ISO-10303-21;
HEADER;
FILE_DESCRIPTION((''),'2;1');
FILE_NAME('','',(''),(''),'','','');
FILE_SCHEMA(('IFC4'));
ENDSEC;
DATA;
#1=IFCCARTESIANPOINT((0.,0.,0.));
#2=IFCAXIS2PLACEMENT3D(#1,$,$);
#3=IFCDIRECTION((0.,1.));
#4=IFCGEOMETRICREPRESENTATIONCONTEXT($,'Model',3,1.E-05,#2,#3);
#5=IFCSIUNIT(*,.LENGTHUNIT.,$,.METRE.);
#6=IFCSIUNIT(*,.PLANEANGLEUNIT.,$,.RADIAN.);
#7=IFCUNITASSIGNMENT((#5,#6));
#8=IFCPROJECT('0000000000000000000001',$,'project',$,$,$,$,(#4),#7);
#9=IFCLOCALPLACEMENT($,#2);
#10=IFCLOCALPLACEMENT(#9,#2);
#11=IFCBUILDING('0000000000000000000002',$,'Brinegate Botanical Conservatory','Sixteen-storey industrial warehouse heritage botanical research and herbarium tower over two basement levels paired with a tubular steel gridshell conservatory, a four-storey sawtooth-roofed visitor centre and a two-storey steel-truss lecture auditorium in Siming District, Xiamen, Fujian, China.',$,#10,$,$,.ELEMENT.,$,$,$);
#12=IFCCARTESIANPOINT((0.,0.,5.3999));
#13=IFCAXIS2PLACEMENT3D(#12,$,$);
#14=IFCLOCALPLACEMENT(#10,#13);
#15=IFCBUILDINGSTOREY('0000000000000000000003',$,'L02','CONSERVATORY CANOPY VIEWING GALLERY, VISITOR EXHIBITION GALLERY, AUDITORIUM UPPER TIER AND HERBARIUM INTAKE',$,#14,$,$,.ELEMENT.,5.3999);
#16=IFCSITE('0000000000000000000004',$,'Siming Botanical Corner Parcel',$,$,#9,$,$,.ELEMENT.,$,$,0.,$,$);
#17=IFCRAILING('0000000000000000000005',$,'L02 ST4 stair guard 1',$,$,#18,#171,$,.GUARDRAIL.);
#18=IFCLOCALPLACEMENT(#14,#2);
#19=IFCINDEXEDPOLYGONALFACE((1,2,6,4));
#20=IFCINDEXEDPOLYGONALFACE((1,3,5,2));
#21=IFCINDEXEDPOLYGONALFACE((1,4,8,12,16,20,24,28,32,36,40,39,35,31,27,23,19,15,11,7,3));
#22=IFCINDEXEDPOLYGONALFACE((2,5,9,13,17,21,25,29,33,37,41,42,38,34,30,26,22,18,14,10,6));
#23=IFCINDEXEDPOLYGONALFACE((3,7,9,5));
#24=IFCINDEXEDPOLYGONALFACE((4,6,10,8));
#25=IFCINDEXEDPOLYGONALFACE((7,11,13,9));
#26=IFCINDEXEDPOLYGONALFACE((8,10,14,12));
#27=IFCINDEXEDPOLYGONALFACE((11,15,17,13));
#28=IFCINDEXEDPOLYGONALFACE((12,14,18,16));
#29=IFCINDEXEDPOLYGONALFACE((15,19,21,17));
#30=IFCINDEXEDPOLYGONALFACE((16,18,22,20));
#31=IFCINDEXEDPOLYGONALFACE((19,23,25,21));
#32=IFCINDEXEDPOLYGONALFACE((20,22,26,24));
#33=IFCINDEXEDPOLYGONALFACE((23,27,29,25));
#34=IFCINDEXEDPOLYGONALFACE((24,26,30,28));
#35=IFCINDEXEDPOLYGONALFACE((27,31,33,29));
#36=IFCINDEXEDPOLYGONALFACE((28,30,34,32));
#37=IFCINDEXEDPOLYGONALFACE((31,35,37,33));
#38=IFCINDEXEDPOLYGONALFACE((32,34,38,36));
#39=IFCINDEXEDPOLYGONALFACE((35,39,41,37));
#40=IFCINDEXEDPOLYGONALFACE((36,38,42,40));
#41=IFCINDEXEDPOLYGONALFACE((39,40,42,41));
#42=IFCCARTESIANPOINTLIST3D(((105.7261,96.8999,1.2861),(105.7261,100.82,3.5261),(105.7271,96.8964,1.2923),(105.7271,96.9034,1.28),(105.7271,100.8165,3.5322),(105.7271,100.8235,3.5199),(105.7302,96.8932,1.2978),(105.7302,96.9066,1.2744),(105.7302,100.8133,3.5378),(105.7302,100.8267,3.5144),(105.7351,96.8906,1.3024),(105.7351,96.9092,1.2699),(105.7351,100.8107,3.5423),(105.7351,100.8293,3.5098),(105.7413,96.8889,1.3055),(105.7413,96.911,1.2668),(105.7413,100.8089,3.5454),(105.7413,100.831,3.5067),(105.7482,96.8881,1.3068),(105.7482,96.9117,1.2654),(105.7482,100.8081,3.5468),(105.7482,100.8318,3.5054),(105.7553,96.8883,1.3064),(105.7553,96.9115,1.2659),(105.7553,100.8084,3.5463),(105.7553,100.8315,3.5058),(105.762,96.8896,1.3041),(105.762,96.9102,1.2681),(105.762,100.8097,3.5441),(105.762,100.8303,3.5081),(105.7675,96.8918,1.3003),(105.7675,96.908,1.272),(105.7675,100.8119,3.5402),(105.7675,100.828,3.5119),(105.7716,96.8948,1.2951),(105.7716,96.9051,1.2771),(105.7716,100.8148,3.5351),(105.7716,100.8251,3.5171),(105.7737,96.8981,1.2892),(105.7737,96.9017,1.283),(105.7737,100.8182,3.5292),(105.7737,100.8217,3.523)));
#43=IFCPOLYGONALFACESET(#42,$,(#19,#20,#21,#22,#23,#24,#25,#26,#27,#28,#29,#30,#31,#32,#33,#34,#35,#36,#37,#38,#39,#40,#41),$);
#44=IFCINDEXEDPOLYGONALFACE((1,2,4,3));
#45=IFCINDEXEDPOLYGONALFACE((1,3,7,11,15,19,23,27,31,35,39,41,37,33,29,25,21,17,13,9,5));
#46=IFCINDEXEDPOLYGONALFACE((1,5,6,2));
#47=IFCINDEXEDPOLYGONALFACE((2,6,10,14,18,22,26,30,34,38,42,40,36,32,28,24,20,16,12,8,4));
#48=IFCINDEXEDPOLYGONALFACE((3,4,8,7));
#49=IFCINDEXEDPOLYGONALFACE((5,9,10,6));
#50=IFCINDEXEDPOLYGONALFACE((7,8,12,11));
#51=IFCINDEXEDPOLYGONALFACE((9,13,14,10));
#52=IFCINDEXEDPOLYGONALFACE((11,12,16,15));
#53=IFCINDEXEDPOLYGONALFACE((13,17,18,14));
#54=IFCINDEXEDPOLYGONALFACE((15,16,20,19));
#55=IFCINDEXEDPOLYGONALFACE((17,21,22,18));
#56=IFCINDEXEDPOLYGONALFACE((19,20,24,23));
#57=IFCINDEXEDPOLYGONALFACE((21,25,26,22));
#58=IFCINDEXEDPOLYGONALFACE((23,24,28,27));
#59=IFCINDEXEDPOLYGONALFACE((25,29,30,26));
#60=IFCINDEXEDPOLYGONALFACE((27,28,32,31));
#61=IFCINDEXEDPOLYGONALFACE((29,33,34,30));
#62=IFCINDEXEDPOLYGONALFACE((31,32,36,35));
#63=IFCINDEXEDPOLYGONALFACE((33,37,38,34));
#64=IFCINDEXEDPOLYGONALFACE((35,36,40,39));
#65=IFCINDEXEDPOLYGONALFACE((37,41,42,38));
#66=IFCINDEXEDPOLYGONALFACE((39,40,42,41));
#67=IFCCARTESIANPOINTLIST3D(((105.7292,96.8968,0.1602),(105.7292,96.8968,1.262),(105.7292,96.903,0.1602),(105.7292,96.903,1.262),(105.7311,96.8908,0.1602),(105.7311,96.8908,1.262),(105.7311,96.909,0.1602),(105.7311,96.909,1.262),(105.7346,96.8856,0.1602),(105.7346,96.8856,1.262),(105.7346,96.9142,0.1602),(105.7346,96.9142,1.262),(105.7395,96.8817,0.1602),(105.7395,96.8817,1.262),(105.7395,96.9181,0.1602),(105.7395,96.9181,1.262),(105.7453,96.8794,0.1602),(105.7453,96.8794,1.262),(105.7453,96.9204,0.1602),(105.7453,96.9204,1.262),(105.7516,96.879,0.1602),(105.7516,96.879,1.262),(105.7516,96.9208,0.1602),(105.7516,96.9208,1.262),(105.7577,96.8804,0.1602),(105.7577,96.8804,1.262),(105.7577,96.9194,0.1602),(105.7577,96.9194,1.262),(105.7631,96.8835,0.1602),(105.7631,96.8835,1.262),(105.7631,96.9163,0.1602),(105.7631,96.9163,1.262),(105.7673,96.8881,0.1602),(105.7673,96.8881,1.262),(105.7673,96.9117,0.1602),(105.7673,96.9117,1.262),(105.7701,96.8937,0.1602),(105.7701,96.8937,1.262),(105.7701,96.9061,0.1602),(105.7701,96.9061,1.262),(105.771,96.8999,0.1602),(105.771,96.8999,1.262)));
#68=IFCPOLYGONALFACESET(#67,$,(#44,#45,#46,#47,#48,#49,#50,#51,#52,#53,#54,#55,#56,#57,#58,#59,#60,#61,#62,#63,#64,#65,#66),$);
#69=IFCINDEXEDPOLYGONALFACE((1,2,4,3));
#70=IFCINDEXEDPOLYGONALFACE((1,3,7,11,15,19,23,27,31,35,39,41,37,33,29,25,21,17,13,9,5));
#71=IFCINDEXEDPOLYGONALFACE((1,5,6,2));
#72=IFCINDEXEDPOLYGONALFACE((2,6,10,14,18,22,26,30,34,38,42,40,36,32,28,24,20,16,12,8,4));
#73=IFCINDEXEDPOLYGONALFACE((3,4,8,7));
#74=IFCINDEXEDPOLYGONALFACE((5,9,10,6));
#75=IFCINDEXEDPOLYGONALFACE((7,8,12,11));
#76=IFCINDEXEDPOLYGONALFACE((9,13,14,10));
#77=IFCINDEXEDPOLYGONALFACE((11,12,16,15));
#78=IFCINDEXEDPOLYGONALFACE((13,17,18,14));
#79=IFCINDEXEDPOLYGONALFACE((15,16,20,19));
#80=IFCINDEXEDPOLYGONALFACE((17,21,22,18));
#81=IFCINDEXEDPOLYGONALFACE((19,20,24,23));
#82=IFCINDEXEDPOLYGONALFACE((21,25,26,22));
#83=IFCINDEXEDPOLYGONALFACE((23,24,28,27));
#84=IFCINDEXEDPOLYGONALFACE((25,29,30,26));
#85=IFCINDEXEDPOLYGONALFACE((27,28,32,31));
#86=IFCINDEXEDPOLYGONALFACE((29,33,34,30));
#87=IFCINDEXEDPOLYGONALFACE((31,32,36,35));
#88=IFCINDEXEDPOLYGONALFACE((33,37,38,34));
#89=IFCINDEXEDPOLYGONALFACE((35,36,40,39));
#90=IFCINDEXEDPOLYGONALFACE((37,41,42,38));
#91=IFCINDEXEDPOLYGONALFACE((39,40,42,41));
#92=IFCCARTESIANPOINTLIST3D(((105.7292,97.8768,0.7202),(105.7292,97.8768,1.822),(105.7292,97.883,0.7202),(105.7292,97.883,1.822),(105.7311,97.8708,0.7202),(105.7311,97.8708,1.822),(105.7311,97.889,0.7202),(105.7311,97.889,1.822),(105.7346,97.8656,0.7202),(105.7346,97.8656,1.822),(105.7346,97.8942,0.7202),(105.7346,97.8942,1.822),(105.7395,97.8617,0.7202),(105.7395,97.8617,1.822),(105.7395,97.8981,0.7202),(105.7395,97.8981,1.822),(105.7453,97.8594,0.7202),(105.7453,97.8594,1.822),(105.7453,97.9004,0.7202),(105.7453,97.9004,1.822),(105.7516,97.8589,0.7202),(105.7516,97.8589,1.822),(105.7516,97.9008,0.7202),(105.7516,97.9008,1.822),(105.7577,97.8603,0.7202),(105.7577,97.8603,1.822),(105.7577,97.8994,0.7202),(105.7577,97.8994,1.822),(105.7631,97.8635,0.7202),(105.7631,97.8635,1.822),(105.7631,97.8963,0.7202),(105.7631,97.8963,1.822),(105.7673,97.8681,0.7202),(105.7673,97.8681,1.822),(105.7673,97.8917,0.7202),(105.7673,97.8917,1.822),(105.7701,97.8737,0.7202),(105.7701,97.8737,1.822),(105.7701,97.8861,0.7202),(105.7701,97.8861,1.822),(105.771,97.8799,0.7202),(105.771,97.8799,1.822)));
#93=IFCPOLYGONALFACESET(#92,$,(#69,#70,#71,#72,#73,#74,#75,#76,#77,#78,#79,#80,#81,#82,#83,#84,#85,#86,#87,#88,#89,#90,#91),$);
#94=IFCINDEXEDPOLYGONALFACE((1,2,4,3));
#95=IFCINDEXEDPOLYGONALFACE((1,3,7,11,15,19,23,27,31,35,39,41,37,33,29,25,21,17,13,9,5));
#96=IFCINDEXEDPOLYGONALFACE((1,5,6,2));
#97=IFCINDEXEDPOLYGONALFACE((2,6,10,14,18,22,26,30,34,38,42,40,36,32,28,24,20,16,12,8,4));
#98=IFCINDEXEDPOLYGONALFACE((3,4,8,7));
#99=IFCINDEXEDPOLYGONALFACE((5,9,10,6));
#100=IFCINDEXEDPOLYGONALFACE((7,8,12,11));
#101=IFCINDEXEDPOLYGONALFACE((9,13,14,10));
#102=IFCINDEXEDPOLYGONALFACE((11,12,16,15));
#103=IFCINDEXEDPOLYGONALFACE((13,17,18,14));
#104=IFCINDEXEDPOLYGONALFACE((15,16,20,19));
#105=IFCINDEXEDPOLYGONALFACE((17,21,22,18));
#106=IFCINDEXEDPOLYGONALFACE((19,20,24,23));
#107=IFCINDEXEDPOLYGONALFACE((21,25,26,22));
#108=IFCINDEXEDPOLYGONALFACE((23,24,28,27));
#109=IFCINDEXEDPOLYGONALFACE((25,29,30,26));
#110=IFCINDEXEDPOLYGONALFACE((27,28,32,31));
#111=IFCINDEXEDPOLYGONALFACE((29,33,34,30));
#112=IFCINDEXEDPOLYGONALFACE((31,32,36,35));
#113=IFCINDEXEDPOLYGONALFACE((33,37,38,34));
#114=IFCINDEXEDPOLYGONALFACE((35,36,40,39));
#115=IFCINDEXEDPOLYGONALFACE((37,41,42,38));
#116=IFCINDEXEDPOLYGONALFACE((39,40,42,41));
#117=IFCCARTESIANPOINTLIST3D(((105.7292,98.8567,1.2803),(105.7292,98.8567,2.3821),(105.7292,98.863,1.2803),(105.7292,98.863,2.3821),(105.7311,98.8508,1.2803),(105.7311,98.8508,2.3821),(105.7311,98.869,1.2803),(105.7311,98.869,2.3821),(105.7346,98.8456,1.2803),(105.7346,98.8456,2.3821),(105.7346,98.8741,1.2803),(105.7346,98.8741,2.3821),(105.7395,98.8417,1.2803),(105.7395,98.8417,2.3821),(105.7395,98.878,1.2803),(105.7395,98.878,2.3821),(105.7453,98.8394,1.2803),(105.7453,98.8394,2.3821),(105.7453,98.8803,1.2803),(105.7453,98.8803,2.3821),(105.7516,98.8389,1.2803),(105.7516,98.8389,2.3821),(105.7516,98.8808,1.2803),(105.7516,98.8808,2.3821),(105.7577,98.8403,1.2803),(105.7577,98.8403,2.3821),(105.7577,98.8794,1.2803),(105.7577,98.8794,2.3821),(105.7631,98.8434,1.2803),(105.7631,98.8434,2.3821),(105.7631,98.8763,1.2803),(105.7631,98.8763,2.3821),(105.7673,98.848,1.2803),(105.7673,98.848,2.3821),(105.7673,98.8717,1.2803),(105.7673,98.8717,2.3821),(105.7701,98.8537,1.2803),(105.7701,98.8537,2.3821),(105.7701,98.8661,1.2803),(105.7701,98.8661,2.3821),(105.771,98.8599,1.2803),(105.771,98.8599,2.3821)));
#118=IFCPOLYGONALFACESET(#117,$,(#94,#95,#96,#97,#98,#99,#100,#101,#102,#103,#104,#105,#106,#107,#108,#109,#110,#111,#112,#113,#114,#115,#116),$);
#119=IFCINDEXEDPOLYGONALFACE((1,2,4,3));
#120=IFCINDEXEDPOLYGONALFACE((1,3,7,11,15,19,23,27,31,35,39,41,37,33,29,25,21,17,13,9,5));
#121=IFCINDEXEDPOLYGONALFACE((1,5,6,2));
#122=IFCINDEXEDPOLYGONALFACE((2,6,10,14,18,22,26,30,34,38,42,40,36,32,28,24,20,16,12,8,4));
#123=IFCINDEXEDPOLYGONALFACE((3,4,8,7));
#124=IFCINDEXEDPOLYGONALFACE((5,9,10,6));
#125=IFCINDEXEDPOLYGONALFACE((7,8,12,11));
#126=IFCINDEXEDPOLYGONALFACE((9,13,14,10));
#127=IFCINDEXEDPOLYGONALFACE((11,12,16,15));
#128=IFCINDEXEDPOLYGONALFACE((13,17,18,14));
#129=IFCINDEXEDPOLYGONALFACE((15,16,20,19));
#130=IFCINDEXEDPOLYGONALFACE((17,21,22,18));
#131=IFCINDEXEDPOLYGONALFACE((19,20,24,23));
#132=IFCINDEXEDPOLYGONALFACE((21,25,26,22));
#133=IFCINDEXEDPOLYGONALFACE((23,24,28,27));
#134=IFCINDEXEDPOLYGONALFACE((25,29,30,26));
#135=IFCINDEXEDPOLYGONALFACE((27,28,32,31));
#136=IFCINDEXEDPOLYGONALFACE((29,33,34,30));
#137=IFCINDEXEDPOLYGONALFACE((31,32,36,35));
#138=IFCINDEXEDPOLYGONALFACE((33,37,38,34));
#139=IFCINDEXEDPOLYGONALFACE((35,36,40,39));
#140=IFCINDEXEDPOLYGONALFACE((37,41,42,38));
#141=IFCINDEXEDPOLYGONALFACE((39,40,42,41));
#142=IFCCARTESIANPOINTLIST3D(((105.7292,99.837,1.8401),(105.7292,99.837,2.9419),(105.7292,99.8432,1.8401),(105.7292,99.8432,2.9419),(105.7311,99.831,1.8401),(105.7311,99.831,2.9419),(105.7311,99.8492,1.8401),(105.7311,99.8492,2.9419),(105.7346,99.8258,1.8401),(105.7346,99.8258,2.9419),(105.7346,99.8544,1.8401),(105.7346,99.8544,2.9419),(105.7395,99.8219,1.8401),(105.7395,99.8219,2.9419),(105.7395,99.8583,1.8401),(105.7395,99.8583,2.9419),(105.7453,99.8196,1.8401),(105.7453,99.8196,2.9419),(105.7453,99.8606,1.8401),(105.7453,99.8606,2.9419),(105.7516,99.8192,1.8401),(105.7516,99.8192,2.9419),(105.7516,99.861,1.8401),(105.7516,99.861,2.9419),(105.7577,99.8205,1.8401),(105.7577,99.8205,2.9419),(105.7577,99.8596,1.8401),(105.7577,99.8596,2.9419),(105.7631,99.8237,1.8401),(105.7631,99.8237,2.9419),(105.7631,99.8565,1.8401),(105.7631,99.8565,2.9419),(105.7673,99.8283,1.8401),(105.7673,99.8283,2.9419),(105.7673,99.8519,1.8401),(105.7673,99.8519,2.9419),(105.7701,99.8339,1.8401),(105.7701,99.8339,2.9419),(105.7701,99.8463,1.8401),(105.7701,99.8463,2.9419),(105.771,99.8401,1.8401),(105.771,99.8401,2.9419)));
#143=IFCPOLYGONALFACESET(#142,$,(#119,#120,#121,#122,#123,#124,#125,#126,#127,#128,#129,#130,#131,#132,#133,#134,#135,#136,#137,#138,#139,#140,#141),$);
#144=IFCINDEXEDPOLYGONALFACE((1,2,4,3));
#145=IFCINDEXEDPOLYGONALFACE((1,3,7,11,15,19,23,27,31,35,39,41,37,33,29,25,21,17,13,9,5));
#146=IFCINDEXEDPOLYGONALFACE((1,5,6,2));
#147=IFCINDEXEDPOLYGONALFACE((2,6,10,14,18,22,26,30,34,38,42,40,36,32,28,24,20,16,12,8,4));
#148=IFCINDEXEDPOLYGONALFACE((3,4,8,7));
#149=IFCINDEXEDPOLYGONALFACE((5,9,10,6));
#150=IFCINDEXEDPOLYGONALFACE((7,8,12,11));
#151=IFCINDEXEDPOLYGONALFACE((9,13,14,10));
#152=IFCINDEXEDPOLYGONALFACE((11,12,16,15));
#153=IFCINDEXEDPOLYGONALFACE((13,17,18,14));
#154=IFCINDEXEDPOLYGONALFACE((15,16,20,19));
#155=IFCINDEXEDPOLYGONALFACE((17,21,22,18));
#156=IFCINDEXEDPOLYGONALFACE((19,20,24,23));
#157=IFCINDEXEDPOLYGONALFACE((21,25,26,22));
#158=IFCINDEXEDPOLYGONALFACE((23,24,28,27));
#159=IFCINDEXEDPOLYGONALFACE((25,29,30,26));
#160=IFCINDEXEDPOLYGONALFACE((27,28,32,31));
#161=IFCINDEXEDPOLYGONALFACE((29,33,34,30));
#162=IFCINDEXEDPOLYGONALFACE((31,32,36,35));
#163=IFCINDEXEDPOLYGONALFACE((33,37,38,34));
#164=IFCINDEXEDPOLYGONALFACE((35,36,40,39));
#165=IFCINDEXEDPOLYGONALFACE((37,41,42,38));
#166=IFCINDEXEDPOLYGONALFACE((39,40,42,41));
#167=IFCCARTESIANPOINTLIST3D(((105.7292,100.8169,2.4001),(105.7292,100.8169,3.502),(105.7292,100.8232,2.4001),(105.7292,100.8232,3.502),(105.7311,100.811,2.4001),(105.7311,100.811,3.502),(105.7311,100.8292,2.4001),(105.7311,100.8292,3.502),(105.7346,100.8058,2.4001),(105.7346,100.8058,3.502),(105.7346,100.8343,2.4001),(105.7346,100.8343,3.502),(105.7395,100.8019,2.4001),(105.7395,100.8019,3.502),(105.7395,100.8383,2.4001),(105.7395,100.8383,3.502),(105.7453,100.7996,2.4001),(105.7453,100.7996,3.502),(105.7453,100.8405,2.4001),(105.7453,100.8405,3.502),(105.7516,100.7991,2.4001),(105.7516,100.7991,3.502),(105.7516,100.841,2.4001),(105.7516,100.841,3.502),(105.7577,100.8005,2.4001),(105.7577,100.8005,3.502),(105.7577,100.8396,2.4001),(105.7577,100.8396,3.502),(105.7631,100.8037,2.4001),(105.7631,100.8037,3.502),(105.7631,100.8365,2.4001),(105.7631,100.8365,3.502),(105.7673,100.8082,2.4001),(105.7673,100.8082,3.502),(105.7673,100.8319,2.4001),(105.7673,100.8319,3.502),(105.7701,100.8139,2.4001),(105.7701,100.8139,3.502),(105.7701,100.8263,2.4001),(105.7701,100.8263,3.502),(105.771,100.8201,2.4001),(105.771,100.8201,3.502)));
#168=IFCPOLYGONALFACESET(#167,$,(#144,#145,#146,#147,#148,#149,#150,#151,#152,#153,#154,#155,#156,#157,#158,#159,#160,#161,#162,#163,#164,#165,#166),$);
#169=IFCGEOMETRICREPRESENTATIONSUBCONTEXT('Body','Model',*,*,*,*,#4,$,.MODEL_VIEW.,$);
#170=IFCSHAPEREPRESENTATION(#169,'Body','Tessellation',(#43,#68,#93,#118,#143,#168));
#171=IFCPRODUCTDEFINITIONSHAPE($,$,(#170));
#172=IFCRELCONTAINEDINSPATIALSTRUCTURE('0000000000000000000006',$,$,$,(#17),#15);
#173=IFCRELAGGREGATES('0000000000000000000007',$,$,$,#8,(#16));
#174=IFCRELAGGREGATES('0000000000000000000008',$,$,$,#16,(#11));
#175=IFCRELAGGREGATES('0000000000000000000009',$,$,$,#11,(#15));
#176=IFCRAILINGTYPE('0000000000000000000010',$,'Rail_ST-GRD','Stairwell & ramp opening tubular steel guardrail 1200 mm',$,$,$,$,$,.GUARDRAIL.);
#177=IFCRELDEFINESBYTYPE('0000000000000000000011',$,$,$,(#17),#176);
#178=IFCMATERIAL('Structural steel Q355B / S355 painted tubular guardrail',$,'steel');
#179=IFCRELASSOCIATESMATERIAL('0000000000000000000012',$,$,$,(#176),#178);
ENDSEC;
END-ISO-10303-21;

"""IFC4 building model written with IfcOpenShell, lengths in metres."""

from ifc_helpers import new_model, si_unit, direction, frame, origin, origin_2d, place, context, subcontext, project, spatial, circle, extrude, material, type_object, element, save


model = new_model("IFC4")

# Units and contexts
model_context = context("Model", 3, precision=1e-05, world=origin(), true_north=direction((0.0, 1.0)))
body_context = subcontext(model_context, "Body", "Model", "MODEL_VIEW")
ifc_project = project(units=[si_unit("LENGTHUNIT", "METRE"), si_unit("PLANEANGLEUNIT", "RADIAN")], contexts=[model_context])

# Site, building, storey
site_placement = place(None, origin())
site = spatial("IfcSite", under=ifc_project, at=site_placement, Name="Siming Botanical Corner Parcel", CompositionType="ELEMENT", RefElevation=0.0)
building_placement = place(site_placement, origin())
building = spatial("IfcBuilding", under=site, at=building_placement, Name="Brinegate Botanical Conservatory", Description="Sixteen-storey industrial warehouse heritage botanical research and herbarium tower over two basement levels paired with a tubular steel gridshell conservatory, a four-storey sawtooth-roofed visitor centre and a two-storey steel-truss lecture auditorium in Siming District, Xiamen, Fujian, China.", CompositionType="ELEMENT")
storey_placement = place(building_placement, frame((0.0, 0.0, 5.3999)))
storey = spatial("IfcBuildingStorey", under=building, at=storey_placement, Name="L02", Description="CONSERVATORY CANOPY VIEWING GALLERY, VISITOR EXHIBITION GALLERY, AUDITORIUM UPPER TIER AND HERBARIUM INTAKE", CompositionType="ELEMENT", Elevation=5.3999)

# Railing
ifc_material_1 = material(Name="Structural steel Q355B / S355 painted tubular guardrail", Category="steel")
railing_type_1 = type_object("IfcRailingType", Name="Rail_ST-GRD", Description="Stairwell & ramp opening tubular steel guardrail 1200 mm", PredefinedType="GUARDRAIL", material=ifc_material_1)
railing_1_placement = place(storey_placement, frame((105.75, 96.8999, 0.1602)))
element("IfcRailing", 1, at=railing_1_placement, inside=storey, type_object=railing_type_1, Name="L02 ST4 stair guard 1", PredefinedType="GUARDRAIL", context=body_context, shape_type="SweptSolid", body=[
    extrude(circle(Radius=0.0239, at=origin_2d()), frame((0.0, 0.0, 1.126), z_axis=(0.0, 0.868253, 0.496121), x_axis=(-1.0, 0.0, 0.0)), (0.0, 0.0, 1.0), 4.5149),
    extrude(circle(Radius=0.021, at=origin_2d()), origin(), (0.0, 0.0, 1.0), 1.1018),
    extrude(circle(Radius=0.021, at=origin_2d()), frame((0.0, 0.98, 0.5601)), (0.0, 0.0, 1.0), 1.1018),
    extrude(circle(Radius=0.021, at=origin_2d()), frame((0.0, 1.96, 1.1201)), (0.0, 0.0, 1.0), 1.1018),
    extrude(circle(Radius=0.021, at=origin_2d()), frame((0.0, 2.9402, 1.6799)), (0.0, 0.0, 1.0), 1.1018),
    extrude(circle(Radius=0.021, at=origin_2d()), frame((0.0, 3.9202, 2.24)), (0.0, 0.0, 1.0), 1.1018),
])

save(model, "model.ifc")
